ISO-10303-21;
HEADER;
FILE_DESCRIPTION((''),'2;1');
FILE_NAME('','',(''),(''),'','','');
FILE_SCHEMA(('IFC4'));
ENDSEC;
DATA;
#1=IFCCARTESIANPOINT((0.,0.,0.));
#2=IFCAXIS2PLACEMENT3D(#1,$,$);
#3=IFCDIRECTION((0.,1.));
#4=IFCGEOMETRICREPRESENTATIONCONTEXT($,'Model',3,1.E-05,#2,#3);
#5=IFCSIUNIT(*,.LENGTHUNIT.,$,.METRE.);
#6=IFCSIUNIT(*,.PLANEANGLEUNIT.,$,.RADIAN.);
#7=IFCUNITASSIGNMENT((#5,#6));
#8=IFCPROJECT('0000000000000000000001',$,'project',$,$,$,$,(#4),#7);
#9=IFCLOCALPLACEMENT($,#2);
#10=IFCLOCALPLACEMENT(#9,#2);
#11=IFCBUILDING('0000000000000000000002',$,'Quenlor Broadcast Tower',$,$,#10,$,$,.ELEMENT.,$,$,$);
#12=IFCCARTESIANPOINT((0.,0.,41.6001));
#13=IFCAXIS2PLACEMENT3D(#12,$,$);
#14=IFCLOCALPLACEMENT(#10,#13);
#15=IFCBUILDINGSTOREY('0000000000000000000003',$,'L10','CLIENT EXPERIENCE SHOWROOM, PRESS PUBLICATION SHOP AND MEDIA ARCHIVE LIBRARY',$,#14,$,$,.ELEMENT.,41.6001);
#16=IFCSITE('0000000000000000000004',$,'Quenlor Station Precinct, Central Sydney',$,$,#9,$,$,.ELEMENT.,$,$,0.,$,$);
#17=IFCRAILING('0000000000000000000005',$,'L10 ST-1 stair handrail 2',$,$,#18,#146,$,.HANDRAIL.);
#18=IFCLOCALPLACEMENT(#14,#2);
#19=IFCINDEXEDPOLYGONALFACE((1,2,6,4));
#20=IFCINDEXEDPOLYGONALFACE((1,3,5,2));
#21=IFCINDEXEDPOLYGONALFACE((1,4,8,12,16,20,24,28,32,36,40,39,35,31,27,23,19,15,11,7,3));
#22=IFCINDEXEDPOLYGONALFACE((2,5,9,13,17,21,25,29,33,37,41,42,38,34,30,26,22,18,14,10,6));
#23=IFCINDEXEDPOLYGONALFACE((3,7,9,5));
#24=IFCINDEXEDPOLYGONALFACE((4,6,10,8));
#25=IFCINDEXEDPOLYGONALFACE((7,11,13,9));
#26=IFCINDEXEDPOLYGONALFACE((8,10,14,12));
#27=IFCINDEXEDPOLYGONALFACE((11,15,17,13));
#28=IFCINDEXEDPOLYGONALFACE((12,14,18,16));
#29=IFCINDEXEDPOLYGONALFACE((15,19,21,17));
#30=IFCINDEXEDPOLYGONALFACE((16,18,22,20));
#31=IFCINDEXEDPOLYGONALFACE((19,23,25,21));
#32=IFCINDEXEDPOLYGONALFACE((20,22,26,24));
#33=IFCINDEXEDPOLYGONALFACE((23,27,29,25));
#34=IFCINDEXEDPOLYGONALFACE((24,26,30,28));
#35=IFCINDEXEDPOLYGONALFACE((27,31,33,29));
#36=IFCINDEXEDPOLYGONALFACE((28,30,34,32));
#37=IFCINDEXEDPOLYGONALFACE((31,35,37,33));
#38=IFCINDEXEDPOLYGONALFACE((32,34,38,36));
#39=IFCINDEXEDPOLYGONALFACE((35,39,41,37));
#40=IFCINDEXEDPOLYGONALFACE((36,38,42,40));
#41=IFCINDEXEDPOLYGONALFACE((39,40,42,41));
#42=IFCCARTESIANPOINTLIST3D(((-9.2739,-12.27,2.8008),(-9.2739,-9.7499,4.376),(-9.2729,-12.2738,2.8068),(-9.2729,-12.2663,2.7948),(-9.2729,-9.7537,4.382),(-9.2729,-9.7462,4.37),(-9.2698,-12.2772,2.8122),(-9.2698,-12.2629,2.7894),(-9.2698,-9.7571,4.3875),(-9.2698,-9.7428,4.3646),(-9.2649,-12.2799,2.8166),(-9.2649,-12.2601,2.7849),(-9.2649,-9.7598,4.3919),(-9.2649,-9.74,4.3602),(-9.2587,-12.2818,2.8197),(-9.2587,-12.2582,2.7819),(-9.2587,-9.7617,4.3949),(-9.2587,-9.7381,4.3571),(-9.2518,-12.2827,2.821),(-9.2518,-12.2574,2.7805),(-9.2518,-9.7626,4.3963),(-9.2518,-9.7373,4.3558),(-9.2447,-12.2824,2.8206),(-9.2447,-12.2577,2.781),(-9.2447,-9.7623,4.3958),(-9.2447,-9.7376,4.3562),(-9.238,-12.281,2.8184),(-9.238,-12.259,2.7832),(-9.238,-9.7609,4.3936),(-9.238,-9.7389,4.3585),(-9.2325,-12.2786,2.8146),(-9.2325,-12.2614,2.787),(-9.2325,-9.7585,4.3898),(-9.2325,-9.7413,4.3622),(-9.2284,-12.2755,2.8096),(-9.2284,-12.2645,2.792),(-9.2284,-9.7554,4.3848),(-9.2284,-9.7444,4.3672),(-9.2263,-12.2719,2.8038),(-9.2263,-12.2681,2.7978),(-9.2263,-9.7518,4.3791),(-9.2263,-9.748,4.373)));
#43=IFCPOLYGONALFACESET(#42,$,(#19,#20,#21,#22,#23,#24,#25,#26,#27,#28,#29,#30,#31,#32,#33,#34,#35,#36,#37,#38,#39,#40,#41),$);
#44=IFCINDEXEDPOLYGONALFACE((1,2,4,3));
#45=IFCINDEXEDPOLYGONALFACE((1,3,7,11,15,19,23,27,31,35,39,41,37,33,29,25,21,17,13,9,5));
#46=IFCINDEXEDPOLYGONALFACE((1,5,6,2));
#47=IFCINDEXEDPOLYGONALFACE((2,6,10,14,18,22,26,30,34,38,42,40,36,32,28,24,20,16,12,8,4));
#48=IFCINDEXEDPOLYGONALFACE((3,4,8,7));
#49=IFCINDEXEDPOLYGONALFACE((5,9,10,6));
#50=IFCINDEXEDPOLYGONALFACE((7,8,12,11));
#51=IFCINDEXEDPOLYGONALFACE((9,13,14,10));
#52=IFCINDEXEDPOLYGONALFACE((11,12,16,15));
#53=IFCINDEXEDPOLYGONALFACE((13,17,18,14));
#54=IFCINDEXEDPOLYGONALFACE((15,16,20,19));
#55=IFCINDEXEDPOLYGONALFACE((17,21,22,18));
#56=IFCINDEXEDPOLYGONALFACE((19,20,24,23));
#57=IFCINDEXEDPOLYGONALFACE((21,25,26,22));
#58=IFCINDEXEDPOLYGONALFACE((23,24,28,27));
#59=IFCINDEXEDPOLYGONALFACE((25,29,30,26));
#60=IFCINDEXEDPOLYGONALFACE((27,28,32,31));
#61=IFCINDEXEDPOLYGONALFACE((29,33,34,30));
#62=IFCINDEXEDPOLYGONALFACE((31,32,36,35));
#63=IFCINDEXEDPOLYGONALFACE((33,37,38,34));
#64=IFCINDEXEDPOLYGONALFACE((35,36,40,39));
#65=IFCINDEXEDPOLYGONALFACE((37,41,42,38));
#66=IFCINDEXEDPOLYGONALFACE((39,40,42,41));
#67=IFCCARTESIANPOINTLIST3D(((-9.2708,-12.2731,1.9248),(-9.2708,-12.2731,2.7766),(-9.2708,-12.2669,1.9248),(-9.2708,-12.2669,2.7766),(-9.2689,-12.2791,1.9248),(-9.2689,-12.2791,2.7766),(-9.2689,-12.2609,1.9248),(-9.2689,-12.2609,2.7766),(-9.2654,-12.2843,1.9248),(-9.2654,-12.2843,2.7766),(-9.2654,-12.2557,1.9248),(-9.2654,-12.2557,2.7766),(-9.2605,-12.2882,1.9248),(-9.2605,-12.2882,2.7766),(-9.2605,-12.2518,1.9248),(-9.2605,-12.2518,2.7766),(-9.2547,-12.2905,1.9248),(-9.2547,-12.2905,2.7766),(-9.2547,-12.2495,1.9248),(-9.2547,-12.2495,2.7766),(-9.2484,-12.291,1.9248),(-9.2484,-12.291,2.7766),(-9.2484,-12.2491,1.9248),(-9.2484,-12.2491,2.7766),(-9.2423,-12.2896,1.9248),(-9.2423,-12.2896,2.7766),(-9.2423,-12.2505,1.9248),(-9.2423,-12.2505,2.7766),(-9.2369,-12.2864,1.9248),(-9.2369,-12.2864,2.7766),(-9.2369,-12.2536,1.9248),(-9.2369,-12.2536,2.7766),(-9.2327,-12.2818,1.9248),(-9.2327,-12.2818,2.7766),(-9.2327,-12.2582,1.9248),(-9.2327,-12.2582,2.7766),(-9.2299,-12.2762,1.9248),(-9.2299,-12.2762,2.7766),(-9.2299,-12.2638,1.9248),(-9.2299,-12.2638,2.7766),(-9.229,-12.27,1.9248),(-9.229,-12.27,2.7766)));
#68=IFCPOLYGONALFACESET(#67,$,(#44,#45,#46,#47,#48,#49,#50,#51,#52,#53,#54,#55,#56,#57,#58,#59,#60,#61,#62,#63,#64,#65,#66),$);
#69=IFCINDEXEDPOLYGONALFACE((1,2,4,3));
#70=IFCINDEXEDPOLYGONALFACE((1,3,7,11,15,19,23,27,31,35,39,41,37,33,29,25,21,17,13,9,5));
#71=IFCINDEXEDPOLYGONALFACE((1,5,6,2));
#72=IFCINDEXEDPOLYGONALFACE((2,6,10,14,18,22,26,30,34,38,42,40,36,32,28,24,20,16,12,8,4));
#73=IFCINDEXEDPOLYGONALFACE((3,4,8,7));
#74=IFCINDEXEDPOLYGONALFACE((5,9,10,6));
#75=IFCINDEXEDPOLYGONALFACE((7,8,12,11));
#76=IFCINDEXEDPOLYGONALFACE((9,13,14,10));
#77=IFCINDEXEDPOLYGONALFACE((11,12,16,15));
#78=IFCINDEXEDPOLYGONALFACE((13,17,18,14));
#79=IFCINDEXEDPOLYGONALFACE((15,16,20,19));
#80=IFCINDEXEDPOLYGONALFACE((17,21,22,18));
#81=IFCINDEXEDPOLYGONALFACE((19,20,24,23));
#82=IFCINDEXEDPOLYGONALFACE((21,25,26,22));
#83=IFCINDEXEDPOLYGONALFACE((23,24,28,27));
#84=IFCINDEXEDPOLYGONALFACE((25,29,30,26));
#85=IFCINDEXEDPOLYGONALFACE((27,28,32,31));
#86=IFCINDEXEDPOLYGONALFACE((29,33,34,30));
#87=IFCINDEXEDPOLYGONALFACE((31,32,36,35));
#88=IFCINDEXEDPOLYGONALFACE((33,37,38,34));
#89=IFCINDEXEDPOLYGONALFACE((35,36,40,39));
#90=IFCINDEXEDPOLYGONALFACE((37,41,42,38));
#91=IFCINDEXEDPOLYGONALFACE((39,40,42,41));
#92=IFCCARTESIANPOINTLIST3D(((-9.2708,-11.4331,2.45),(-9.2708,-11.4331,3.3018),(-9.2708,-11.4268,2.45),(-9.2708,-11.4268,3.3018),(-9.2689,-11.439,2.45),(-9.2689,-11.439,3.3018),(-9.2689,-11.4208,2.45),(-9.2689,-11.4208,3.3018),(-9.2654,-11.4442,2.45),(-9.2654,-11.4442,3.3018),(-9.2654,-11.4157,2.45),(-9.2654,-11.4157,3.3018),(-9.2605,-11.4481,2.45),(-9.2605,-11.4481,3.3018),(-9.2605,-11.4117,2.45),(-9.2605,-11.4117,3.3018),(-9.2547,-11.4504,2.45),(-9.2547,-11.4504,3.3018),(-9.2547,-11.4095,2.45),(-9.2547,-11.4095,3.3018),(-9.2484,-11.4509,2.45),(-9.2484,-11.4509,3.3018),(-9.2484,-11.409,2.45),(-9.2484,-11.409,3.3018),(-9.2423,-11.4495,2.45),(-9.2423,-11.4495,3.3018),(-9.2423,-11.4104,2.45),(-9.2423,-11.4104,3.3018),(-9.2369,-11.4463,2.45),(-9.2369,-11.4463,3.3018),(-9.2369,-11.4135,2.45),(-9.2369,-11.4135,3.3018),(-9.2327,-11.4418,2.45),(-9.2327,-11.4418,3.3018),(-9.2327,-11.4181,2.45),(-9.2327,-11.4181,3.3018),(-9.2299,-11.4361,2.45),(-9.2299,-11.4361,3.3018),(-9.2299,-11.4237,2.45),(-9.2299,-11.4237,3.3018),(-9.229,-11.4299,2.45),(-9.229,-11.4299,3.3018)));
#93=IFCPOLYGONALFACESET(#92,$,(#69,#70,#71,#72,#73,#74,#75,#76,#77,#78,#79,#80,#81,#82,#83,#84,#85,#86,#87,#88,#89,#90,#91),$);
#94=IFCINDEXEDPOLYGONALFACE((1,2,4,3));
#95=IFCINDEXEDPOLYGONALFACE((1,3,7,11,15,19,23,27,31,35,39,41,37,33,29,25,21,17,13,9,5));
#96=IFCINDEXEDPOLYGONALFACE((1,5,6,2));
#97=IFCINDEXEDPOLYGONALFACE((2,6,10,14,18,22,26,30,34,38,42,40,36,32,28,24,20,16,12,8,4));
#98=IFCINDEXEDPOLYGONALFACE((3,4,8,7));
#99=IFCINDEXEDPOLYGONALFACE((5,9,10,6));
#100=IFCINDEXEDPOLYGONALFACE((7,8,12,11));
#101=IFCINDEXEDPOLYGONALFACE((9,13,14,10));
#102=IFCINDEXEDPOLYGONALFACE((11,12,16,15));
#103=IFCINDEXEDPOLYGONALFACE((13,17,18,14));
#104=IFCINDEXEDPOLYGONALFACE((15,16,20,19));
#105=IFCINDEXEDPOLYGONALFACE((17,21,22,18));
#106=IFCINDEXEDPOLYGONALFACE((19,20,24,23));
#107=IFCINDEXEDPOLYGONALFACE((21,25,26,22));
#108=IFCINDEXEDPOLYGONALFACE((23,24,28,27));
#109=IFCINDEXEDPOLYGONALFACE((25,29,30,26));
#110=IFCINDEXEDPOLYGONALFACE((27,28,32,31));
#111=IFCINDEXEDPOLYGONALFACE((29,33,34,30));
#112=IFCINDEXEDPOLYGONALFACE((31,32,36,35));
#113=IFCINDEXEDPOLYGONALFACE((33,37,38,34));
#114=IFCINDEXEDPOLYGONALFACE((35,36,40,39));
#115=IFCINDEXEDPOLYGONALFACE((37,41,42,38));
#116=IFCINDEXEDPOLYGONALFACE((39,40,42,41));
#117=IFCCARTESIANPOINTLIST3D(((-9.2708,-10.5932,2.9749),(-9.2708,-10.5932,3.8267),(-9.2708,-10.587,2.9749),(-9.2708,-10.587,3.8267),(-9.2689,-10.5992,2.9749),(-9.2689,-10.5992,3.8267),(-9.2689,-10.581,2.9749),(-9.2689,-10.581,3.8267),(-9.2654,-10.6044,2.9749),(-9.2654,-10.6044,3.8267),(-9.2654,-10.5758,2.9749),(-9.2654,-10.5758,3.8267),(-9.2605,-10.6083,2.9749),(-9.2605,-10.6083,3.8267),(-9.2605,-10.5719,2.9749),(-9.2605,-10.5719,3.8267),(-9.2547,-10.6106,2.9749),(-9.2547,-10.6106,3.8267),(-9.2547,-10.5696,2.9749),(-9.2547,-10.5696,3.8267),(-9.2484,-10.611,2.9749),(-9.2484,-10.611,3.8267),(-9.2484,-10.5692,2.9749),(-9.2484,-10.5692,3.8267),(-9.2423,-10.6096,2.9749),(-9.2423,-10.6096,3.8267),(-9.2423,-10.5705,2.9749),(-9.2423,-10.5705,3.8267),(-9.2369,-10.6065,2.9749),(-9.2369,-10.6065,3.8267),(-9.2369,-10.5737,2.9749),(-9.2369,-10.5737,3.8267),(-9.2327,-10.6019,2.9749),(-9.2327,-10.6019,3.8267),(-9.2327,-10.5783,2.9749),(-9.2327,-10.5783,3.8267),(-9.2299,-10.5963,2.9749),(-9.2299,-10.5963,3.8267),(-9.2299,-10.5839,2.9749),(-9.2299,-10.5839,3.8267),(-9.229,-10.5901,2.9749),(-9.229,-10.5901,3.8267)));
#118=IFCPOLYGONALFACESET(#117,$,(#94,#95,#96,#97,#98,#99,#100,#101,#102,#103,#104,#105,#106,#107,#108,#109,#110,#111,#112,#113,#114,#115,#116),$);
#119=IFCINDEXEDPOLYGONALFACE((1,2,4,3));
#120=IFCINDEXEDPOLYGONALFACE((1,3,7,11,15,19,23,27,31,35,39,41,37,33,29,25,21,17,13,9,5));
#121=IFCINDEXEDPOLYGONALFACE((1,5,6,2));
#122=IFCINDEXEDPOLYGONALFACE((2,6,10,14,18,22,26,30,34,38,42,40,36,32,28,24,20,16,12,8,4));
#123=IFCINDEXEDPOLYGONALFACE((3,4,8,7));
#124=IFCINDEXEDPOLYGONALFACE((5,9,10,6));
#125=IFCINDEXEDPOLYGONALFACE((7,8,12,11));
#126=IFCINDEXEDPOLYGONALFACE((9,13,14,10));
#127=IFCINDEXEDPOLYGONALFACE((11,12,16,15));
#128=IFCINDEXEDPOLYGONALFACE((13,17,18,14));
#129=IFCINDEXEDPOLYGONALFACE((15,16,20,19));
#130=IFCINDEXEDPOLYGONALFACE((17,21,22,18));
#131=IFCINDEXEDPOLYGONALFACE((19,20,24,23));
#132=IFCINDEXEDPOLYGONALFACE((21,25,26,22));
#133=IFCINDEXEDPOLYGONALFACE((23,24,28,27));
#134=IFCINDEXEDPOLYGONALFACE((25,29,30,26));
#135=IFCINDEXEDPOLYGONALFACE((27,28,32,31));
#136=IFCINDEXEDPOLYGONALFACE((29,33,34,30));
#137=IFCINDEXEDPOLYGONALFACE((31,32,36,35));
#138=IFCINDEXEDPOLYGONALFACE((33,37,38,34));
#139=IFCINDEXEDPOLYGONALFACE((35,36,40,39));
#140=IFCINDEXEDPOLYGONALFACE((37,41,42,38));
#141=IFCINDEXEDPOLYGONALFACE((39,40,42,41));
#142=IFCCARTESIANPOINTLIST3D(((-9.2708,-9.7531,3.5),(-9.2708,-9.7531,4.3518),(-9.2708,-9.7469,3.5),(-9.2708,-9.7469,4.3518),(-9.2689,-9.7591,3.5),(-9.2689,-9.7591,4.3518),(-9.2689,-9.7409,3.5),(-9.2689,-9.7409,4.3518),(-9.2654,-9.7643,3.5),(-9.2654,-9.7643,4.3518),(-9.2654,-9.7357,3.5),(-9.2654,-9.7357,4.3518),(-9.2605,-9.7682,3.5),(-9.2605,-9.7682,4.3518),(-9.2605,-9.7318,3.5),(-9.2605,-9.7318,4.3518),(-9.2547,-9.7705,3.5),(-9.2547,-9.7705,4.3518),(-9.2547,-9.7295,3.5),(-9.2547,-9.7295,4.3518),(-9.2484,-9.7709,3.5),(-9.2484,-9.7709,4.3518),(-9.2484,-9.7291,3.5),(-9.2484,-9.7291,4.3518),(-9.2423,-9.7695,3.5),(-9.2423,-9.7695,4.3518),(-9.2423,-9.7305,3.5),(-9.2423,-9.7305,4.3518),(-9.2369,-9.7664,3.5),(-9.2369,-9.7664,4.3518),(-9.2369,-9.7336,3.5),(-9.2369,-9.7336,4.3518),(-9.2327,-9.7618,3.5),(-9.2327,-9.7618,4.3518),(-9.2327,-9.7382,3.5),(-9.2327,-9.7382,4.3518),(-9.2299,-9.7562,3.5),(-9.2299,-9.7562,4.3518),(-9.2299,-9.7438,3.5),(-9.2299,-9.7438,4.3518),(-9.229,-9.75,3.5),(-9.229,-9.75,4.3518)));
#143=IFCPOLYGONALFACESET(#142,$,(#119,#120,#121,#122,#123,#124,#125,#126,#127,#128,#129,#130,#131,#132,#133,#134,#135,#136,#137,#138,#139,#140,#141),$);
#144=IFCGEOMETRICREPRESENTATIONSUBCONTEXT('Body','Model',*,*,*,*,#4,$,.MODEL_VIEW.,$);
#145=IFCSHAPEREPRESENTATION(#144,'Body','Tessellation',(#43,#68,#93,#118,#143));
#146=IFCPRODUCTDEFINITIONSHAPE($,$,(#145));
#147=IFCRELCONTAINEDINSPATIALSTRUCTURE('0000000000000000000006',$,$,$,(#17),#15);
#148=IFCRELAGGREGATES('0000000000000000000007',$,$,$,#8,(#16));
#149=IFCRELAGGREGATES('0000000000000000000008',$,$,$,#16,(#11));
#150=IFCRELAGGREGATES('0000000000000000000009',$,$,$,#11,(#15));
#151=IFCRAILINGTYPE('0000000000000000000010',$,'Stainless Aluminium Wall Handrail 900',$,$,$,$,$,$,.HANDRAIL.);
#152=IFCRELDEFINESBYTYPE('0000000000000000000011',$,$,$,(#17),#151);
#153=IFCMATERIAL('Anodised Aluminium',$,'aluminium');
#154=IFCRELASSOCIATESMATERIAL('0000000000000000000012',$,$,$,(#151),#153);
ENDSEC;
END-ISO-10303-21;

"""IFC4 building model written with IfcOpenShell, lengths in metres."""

from ifc_helpers import new_model, si_unit, direction, frame, origin, origin_2d, place, context, subcontext, project, spatial, circle, extrude, material, type_object, element, save


model = new_model("IFC4")

# Units and contexts
model_context = context("Model", 3, precision=1e-05, world=origin(), true_north=direction((0.0, 1.0)))
body_context = subcontext(model_context, "Body", "Model", "MODEL_VIEW")
ifc_project = project(units=[si_unit("LENGTHUNIT", "METRE"), si_unit("PLANEANGLEUNIT", "RADIAN")], contexts=[model_context])

# Site, building, storey
site_placement = place(None, origin())
site = spatial("IfcSite", under=ifc_project, at=site_placement, Name="Quenlor Station Precinct, Central Sydney", CompositionType="ELEMENT", RefElevation=0.0)
building_placement = place(site_placement, origin())
building = spatial("IfcBuilding", under=site, at=building_placement, Name="Quenlor Broadcast Tower", CompositionType="ELEMENT")
storey_placement = place(building_placement, frame((0.0, 0.0, 41.6001)))
storey = spatial("IfcBuildingStorey", under=building, at=storey_placement, Name="L10", Description="CLIENT EXPERIENCE SHOWROOM, PRESS PUBLICATION SHOP AND MEDIA ARCHIVE LIBRARY", CompositionType="ELEMENT", Elevation=41.6001)

# Railing
ifc_material_1 = material(Name="Anodised Aluminium", Category="aluminium")
railing_type = type_object("IfcRailingType", Name="Stainless Aluminium Wall Handrail 900", PredefinedType="HANDRAIL", material=ifc_material_1)
railing_placement = place(storey_placement, frame((-9.25, -12.27, 1.9248)))
element("IfcRailing", 1, at=railing_placement, inside=storey, type_object=railing_type, Name="L10 ST-1 stair handrail 2", PredefinedType="HANDRAIL", context=body_context, shape_type="SweptSolid", body=[
    extrude(circle(Radius=0.0239, at=origin_2d()), frame((0.0, 0.0, 0.876), z_axis=(0.0, 0.847971, 0.530043), x_axis=(-1.0, 0.0, 0.0)), (0.0, 0.0, 1.0), 2.9719),
    extrude(circle(Radius=0.021, at=origin_2d()), origin(), (0.0, 0.0, 1.0), 0.8518),
    extrude(circle(Radius=0.021, at=origin_2d()), frame((0.0, 0.8401, 0.5251)), (0.0, 0.0, 1.0), 0.8518),
    extrude(circle(Radius=0.021, at=origin_2d()), frame((0.0, 1.6799, 1.05)), (0.0, 0.0, 1.0), 0.8518),
    extrude(circle(Radius=0.021, at=origin_2d()), frame((0.0, 2.52, 1.5752)), (0.0, 0.0, 1.0), 0.8518),
])

save(model, "model.ifc")
